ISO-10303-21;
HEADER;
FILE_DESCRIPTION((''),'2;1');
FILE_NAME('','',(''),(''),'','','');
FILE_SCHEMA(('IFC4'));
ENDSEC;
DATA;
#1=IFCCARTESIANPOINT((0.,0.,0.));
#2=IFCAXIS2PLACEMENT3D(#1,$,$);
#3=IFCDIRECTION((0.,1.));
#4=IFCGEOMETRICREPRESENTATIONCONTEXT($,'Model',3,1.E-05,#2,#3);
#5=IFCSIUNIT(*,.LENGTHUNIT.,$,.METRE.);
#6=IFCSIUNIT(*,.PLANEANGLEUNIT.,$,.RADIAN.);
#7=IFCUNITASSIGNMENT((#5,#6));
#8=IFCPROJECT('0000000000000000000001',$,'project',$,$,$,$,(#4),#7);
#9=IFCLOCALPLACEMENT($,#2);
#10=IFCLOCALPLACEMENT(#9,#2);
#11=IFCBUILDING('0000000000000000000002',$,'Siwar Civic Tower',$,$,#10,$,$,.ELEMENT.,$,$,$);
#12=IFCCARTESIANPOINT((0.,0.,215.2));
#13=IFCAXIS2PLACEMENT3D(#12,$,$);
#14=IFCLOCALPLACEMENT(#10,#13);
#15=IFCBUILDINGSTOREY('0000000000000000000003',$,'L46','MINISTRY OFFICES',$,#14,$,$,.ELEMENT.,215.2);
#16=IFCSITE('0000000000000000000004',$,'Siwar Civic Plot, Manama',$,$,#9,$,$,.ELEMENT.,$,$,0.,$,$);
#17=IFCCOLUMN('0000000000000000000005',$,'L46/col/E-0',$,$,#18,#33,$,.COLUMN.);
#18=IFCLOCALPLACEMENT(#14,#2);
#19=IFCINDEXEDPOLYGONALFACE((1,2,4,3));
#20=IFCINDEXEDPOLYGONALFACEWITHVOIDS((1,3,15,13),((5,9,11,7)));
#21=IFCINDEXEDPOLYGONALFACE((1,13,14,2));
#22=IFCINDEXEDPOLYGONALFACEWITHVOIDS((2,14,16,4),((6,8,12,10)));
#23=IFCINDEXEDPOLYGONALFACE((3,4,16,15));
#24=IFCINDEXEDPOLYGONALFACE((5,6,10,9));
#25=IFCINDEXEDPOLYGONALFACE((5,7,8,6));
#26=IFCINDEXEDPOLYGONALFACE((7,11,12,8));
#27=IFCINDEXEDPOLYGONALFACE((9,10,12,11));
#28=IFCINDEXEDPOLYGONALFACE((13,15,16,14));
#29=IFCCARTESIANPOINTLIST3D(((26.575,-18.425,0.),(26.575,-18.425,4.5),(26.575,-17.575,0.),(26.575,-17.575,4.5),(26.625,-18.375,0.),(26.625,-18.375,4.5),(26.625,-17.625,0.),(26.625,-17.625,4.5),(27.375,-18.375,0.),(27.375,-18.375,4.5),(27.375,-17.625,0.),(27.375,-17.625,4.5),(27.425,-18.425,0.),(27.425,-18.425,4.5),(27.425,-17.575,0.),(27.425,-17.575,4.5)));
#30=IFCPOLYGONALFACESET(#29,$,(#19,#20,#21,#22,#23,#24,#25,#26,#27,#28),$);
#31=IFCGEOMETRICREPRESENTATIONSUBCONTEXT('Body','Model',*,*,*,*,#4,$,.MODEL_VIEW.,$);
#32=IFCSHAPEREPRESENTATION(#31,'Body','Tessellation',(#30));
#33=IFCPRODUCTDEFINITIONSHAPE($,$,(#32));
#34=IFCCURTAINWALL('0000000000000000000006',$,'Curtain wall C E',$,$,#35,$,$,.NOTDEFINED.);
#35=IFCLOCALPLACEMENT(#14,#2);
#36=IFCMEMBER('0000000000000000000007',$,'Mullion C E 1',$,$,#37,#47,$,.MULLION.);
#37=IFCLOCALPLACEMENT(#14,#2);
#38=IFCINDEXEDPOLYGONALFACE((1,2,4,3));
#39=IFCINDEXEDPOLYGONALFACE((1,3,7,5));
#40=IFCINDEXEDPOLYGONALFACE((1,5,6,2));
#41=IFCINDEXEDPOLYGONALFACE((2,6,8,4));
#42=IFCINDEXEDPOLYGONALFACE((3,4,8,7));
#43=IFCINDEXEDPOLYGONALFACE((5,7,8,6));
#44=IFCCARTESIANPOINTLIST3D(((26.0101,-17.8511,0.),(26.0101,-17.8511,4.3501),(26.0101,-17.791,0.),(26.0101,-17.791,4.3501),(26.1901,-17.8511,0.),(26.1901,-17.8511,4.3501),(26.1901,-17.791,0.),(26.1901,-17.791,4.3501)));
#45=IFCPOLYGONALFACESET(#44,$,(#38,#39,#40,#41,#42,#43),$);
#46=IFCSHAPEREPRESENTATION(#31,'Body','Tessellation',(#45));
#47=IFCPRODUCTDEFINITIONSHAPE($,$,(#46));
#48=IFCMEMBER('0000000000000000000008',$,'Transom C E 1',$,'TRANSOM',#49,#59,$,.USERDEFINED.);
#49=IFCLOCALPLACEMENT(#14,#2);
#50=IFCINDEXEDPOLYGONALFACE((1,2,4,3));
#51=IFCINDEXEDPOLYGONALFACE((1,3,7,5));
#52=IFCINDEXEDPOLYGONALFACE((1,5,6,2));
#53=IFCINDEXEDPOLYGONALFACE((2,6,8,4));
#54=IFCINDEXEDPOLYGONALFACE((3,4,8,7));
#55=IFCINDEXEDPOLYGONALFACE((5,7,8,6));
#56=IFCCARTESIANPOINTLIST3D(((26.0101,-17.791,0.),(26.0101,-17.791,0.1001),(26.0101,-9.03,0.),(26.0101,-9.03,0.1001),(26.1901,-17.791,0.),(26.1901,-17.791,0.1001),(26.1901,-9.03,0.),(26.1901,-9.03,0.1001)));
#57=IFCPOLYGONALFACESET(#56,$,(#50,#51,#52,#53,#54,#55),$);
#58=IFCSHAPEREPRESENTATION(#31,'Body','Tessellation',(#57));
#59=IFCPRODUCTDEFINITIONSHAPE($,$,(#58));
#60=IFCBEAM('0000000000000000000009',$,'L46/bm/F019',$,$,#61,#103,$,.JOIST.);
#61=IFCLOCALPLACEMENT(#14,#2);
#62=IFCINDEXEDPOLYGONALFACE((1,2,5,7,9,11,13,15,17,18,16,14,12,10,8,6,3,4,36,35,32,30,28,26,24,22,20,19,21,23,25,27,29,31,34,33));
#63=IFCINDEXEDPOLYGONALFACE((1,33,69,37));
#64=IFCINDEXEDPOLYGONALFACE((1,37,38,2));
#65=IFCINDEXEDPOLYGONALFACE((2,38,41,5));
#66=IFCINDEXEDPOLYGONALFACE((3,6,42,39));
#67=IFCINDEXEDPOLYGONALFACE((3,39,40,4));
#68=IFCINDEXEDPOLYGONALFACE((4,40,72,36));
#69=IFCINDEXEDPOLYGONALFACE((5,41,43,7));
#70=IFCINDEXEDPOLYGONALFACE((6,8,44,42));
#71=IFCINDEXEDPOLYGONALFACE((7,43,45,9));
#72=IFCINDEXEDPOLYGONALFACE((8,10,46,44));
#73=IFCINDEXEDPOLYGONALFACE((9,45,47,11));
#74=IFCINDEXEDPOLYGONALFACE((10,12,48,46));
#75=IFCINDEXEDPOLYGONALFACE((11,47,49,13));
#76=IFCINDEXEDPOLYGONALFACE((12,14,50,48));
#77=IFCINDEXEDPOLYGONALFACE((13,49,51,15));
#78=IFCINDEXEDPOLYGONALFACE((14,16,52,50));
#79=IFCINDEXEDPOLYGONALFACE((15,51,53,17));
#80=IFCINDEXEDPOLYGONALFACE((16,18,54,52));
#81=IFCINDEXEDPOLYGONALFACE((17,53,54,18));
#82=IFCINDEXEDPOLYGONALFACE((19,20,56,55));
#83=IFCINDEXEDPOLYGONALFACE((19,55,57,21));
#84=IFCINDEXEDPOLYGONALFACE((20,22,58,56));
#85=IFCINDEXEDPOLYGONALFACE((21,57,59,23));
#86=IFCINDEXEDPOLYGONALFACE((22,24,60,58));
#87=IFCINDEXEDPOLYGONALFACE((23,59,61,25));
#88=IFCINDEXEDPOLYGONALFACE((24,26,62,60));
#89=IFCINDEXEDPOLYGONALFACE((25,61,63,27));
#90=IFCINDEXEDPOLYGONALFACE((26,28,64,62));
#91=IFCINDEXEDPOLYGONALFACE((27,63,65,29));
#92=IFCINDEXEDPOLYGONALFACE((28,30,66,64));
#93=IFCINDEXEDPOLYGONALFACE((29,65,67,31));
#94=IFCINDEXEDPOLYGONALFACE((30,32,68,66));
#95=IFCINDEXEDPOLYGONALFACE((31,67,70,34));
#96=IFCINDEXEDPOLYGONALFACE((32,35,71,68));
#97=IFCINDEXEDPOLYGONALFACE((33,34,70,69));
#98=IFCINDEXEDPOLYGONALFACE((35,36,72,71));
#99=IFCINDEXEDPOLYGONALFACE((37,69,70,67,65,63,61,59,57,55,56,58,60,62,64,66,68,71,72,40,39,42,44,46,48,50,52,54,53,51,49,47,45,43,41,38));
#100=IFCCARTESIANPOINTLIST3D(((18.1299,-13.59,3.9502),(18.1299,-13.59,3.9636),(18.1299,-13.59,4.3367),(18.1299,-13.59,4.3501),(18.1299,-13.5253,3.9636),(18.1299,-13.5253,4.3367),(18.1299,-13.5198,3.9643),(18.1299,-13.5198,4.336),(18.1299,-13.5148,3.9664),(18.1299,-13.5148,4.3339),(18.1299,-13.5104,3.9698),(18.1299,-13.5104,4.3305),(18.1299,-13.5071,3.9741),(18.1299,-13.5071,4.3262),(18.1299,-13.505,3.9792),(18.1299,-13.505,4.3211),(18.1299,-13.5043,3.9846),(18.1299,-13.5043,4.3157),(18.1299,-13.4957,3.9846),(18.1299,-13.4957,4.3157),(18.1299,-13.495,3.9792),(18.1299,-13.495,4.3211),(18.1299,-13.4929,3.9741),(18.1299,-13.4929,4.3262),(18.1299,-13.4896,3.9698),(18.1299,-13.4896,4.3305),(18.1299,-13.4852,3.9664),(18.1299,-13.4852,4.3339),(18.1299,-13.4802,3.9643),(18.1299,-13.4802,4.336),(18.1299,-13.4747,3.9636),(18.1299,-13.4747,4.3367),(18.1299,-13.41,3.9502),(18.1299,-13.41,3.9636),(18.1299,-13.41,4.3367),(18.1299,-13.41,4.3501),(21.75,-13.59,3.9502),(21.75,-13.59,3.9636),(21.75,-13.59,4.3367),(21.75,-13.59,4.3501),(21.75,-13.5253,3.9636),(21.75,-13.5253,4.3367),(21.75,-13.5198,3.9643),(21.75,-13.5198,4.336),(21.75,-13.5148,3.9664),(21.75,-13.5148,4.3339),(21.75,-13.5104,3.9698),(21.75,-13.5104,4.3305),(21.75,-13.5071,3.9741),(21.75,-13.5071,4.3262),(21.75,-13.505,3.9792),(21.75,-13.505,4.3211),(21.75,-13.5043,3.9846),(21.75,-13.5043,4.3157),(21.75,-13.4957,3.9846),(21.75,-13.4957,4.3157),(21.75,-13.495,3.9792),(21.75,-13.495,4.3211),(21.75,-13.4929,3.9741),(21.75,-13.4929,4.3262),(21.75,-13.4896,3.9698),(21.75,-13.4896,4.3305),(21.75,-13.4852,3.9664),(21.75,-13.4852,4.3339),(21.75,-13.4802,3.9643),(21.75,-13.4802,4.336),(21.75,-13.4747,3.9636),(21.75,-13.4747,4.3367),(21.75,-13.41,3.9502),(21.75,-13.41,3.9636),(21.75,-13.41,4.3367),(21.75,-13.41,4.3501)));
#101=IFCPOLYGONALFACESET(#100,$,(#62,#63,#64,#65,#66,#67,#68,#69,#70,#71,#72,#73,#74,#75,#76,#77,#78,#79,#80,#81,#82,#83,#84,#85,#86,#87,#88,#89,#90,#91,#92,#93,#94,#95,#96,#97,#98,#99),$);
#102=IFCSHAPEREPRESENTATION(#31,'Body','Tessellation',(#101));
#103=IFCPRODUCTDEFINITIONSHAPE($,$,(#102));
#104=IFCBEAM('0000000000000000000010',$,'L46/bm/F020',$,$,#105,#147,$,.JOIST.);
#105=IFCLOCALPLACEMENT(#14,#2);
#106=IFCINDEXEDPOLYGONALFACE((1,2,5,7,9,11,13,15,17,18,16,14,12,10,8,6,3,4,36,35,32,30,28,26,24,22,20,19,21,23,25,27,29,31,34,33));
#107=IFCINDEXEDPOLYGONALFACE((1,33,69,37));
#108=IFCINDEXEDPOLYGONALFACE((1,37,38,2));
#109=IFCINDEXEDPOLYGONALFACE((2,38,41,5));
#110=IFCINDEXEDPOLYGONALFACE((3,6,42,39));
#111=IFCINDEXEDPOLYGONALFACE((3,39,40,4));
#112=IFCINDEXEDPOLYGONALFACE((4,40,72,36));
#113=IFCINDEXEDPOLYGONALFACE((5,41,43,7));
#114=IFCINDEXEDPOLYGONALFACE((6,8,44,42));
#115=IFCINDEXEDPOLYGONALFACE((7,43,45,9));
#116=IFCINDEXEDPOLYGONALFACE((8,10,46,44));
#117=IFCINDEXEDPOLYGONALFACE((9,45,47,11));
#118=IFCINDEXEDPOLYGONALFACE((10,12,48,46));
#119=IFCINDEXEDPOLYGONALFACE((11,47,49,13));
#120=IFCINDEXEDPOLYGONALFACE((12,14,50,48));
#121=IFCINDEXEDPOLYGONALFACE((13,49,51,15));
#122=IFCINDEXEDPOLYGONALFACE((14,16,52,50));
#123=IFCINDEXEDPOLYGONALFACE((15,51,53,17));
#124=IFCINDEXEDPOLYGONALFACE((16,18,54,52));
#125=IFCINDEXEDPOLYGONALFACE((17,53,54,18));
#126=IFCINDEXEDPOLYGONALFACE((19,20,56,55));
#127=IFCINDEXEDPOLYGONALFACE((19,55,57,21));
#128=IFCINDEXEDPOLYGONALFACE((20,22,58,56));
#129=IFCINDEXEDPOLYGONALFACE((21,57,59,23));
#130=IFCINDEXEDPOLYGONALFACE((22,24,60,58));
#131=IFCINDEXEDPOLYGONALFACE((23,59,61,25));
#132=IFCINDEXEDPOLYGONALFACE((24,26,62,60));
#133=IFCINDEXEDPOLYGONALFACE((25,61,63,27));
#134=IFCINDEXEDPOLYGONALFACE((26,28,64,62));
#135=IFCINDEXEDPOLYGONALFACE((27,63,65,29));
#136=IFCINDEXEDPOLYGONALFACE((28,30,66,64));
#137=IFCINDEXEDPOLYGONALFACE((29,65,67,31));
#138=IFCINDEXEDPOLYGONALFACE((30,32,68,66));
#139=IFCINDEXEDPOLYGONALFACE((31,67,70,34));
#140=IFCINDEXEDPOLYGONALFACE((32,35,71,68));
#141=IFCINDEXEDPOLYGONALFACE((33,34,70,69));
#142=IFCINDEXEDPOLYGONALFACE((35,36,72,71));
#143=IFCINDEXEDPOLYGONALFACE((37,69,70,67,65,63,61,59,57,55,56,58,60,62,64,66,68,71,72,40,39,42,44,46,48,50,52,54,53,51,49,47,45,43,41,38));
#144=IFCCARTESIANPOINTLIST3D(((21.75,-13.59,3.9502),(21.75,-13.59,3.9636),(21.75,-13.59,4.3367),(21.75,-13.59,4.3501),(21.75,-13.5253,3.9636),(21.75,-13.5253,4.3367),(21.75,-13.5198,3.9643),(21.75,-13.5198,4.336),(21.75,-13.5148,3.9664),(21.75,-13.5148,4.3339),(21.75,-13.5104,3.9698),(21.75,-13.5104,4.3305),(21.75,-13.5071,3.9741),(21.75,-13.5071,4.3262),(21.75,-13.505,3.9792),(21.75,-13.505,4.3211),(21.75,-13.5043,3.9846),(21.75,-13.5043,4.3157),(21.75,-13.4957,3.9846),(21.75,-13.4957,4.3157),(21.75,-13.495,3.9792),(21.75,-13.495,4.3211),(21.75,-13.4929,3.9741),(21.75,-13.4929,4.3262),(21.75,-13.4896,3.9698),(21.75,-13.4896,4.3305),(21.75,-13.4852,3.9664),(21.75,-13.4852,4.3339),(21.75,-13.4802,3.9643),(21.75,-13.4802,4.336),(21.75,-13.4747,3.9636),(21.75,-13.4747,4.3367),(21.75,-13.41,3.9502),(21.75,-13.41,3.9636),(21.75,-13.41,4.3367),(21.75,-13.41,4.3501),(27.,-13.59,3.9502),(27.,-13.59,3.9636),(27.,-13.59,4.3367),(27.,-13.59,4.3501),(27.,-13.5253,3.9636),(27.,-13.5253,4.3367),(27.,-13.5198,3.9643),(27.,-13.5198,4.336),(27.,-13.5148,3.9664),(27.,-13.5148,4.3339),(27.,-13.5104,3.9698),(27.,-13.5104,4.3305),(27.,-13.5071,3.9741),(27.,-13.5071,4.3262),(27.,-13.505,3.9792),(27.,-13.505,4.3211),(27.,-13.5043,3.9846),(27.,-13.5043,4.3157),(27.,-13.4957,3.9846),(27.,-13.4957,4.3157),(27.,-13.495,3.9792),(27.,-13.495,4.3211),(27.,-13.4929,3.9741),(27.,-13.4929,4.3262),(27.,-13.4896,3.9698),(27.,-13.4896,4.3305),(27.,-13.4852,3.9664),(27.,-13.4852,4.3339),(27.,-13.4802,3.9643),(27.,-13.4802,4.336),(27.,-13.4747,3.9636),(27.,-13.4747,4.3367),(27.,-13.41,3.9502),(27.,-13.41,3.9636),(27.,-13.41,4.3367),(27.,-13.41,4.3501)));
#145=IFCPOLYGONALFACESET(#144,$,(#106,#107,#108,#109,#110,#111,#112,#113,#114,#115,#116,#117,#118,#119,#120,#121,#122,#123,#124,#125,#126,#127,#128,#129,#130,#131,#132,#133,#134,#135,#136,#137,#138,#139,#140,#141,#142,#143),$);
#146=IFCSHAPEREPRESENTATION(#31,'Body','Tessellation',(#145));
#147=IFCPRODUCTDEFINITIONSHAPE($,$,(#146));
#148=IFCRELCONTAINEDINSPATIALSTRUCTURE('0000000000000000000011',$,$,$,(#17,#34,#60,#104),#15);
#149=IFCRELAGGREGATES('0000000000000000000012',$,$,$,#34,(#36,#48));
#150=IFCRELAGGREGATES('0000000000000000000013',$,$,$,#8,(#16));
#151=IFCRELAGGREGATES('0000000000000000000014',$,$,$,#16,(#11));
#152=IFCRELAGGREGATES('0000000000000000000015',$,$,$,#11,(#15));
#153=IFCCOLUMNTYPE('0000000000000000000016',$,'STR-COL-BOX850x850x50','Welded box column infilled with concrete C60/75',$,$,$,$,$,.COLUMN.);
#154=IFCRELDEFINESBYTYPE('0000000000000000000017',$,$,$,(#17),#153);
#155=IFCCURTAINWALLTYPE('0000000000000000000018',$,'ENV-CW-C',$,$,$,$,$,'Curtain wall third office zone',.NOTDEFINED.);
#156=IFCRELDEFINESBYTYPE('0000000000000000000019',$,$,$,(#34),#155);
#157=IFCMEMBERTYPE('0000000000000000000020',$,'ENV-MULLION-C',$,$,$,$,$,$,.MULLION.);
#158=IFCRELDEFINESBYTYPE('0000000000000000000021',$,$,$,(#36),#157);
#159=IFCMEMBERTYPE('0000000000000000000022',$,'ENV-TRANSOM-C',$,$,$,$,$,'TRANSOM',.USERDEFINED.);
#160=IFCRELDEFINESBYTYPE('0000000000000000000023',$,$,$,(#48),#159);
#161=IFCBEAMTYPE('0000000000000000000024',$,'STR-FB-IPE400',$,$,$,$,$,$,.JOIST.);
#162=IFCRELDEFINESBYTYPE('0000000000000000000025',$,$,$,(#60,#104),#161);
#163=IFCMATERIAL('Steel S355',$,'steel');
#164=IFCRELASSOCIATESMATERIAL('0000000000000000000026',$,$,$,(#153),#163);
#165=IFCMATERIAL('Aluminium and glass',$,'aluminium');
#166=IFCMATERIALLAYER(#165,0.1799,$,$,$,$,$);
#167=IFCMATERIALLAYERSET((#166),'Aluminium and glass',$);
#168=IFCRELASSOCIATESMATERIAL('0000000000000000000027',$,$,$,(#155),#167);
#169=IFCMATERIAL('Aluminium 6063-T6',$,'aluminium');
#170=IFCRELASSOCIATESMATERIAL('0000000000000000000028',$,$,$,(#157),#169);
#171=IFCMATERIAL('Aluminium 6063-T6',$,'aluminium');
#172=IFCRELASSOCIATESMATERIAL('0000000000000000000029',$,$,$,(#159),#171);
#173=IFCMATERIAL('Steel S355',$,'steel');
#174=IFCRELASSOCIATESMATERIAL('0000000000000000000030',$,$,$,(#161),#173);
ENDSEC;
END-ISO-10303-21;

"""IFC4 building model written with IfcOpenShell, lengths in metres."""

from ifc_helpers import new_model, si_unit, direction, frame, origin, origin_2d, place, context, subcontext, project, spatial, rectangle, hollow_rectangle, i_section, extrude, material, layer, layer_set, material_profile, profile_set, type_object, element, aggregate, save


model = new_model("IFC4")

# Units and contexts
model_context = context("Model", 3, precision=1e-05, world=origin(), true_north=direction((0.0, 1.0)))
body_context = subcontext(model_context, "Body", "Model", "MODEL_VIEW")
ifc_project = project(units=[si_unit("LENGTHUNIT", "METRE"), si_unit("PLANEANGLEUNIT", "RADIAN")], contexts=[model_context])

# Site, building, storey
site_placement = place(None, origin())
site = spatial("IfcSite", under=ifc_project, at=site_placement, Name="Siwar Civic Plot, Manama", CompositionType="ELEMENT", RefElevation=0.0)
building_placement = place(site_placement, origin())
building = spatial("IfcBuilding", under=site, at=building_placement, Name="Siwar Civic Tower", CompositionType="ELEMENT")
storey_placement = place(building_placement, frame((0.0, 0.0, 215.2)))
storey = spatial("IfcBuildingStorey", under=building, at=storey_placement, Name="L46", Description="MINISTRY OFFICES", CompositionType="ELEMENT", Elevation=215.2)

# Column
ifc_material_1 = material(Name="Steel S355", Category="steel")
ifc_material_profile_1 = material_profile(ifc_material_1, hollow_rectangle(XDim=0.8501, YDim=0.8501, WallThickness=0.05, at=origin_2d()), Name="BOX850x850x50")
ifc_profile_set_1 = profile_set([ifc_material_profile_1], Name="Steel S355")
column_type = type_object("IfcColumnType", Name="STR-COL-BOX850x850x50", Description="Welded box column infilled with concrete C60/75", PredefinedType="COLUMN", material=ifc_profile_set_1)
column_placement = place(storey_placement, frame((27.0, -18.0, 0.0), z_axis=(0.0, 0.0, 1.0), x_axis=(1.0, 0.0, 0.0)))
element("IfcColumn", 1, at=column_placement, inside=storey, type_object=column_type, Name="L46/col/E-0", PredefinedType="COLUMN", context=body_context, shape_type="SweptSolid", body=[
    extrude(hollow_rectangle(XDim=0.8501, YDim=0.8501, WallThickness=0.05, at=origin_2d()), origin(), (0.0, 0.0, 1.0), 4.5),
])

# Curtain wall, members
ifc_material_2 = material(Name="Aluminium and glass", Category="aluminium")
ifc_layer_1 = layer(ifc_material_2, 0.1799)
ifc_layer_set_1 = layer_set([ifc_layer_1], Name="Aluminium and glass")
curtain_wall_type = type_object("IfcCurtainWallType", Name="ENV-CW-C", ElementType="Curtain wall third office zone", PredefinedType="NOTDEFINED", material=ifc_layer_set_1)
curtain_wall_placement = place(storey_placement, origin())
curtain_wall = element("IfcCurtainWall", 2, at=curtain_wall_placement, inside=storey, type_object=curtain_wall_type, Name="Curtain wall C E", PredefinedType="NOTDEFINED")
ifc_material_3 = material(Name="Aluminium 6063-T6", Category="aluminium")
ifc_material_profile_2 = material_profile(ifc_material_3, rectangle(XDim=0.1799, YDim=0.0601, at=origin_2d()), Name="AL 180x60")
ifc_profile_set_2 = profile_set([ifc_material_profile_2], Name="Aluminium 6063-T6")
member_type_1 = type_object("IfcMemberType", Name="ENV-MULLION-C", PredefinedType="MULLION", material=ifc_profile_set_2)
member_1_placement = place(storey_placement, frame((26.1001, -17.821, 0.0), z_axis=(0.0, 0.0, 1.0), x_axis=(-1.0, 0.0, 0.0)))
member_1 = element("IfcMember", 3, at=member_1_placement, type_object=member_type_1, Name="Mullion C E 1", PredefinedType="MULLION", context=body_context, shape_type="SweptSolid", body=[
    extrude(rectangle(XDim=0.1799, YDim=0.0601, at=origin_2d()), origin(), (0.0, 0.0, 1.0), 4.3501),
])
ifc_material_4 = material(Name="Aluminium 6063-T6", Category="aluminium")
ifc_material_profile_3 = material_profile(ifc_material_4, rectangle(XDim=0.1799, YDim=0.1001, at=origin_2d()), Name="AL 180x100")
ifc_profile_set_3 = profile_set([ifc_material_profile_3], Name="Aluminium 6063-T6")
member_type_2 = type_object("IfcMemberType", Name="ENV-TRANSOM-C", ElementType="TRANSOM", PredefinedType="USERDEFINED", material=ifc_profile_set_3)
member_2_placement = place(storey_placement, frame((26.1001, -17.791, 0.05), z_axis=(0.0, 1.0, 0.0), x_axis=(-1.0, 0.0, 0.0)))
member_2 = element("IfcMember", 4, at=member_2_placement, type_object=member_type_2, Name="Transom C E 1", ObjectType="TRANSOM", PredefinedType="USERDEFINED", context=body_context, shape_type="SweptSolid", body=[
    extrude(rectangle(XDim=0.1799, YDim=0.1001, at=origin_2d()), origin(), (0.0, 0.0, 1.0), 8.761),
])

# Beams
ifc_material_5 = material(Name="Steel S355", Category="steel")
ifc_material_profile_4 = material_profile(ifc_material_5, i_section(OverallWidth=0.1799, OverallDepth=0.3999, WebThickness=0.0085, FlangeThickness=0.0134, FilletRadius=0.021, at=origin_2d()), Name="IPE400")
ifc_profile_set_4 = profile_set([ifc_material_profile_4], Name="Steel S355")
beam_type_1 = type_object("IfcBeamType", Name="STR-FB-IPE400", PredefinedType="JOIST", material=ifc_profile_set_4)
beam_1_placement = place(storey_placement, frame((18.1299, -13.5, 4.1501), z_axis=(1.0, 0.0, 0.0), x_axis=(0.0, 1.0, 0.0)))
element("IfcBeam", 5, at=beam_1_placement, inside=storey, type_object=beam_type_1, Name="L46/bm/F019", PredefinedType="JOIST", context=body_context, shape_type="SweptSolid", body=[
    extrude(i_section(OverallWidth=0.1799, OverallDepth=0.3999, WebThickness=0.0085, FlangeThickness=0.0134, FilletRadius=0.021, at=origin_2d()), origin(), (0.0, 0.0, 1.0), 3.6201),
])
beam_2_placement = place(storey_placement, frame((21.75, -13.5, 4.1501), z_axis=(1.0, 0.0, 0.0), x_axis=(0.0, 1.0, 0.0)))
element("IfcBeam", 6, at=beam_2_placement, inside=storey, type_object=beam_type_1, Name="L46/bm/F020", PredefinedType="JOIST", context=body_context, shape_type="SweptSolid", body=[
    extrude(i_section(OverallWidth=0.1799, OverallDepth=0.3999, WebThickness=0.0085, FlangeThickness=0.0134, FilletRadius=0.021, at=origin_2d()), origin(), (0.0, 0.0, 1.0), 5.25),
])

aggregate(curtain_wall, [member_1, member_2])

save(model, "model.ifc")
